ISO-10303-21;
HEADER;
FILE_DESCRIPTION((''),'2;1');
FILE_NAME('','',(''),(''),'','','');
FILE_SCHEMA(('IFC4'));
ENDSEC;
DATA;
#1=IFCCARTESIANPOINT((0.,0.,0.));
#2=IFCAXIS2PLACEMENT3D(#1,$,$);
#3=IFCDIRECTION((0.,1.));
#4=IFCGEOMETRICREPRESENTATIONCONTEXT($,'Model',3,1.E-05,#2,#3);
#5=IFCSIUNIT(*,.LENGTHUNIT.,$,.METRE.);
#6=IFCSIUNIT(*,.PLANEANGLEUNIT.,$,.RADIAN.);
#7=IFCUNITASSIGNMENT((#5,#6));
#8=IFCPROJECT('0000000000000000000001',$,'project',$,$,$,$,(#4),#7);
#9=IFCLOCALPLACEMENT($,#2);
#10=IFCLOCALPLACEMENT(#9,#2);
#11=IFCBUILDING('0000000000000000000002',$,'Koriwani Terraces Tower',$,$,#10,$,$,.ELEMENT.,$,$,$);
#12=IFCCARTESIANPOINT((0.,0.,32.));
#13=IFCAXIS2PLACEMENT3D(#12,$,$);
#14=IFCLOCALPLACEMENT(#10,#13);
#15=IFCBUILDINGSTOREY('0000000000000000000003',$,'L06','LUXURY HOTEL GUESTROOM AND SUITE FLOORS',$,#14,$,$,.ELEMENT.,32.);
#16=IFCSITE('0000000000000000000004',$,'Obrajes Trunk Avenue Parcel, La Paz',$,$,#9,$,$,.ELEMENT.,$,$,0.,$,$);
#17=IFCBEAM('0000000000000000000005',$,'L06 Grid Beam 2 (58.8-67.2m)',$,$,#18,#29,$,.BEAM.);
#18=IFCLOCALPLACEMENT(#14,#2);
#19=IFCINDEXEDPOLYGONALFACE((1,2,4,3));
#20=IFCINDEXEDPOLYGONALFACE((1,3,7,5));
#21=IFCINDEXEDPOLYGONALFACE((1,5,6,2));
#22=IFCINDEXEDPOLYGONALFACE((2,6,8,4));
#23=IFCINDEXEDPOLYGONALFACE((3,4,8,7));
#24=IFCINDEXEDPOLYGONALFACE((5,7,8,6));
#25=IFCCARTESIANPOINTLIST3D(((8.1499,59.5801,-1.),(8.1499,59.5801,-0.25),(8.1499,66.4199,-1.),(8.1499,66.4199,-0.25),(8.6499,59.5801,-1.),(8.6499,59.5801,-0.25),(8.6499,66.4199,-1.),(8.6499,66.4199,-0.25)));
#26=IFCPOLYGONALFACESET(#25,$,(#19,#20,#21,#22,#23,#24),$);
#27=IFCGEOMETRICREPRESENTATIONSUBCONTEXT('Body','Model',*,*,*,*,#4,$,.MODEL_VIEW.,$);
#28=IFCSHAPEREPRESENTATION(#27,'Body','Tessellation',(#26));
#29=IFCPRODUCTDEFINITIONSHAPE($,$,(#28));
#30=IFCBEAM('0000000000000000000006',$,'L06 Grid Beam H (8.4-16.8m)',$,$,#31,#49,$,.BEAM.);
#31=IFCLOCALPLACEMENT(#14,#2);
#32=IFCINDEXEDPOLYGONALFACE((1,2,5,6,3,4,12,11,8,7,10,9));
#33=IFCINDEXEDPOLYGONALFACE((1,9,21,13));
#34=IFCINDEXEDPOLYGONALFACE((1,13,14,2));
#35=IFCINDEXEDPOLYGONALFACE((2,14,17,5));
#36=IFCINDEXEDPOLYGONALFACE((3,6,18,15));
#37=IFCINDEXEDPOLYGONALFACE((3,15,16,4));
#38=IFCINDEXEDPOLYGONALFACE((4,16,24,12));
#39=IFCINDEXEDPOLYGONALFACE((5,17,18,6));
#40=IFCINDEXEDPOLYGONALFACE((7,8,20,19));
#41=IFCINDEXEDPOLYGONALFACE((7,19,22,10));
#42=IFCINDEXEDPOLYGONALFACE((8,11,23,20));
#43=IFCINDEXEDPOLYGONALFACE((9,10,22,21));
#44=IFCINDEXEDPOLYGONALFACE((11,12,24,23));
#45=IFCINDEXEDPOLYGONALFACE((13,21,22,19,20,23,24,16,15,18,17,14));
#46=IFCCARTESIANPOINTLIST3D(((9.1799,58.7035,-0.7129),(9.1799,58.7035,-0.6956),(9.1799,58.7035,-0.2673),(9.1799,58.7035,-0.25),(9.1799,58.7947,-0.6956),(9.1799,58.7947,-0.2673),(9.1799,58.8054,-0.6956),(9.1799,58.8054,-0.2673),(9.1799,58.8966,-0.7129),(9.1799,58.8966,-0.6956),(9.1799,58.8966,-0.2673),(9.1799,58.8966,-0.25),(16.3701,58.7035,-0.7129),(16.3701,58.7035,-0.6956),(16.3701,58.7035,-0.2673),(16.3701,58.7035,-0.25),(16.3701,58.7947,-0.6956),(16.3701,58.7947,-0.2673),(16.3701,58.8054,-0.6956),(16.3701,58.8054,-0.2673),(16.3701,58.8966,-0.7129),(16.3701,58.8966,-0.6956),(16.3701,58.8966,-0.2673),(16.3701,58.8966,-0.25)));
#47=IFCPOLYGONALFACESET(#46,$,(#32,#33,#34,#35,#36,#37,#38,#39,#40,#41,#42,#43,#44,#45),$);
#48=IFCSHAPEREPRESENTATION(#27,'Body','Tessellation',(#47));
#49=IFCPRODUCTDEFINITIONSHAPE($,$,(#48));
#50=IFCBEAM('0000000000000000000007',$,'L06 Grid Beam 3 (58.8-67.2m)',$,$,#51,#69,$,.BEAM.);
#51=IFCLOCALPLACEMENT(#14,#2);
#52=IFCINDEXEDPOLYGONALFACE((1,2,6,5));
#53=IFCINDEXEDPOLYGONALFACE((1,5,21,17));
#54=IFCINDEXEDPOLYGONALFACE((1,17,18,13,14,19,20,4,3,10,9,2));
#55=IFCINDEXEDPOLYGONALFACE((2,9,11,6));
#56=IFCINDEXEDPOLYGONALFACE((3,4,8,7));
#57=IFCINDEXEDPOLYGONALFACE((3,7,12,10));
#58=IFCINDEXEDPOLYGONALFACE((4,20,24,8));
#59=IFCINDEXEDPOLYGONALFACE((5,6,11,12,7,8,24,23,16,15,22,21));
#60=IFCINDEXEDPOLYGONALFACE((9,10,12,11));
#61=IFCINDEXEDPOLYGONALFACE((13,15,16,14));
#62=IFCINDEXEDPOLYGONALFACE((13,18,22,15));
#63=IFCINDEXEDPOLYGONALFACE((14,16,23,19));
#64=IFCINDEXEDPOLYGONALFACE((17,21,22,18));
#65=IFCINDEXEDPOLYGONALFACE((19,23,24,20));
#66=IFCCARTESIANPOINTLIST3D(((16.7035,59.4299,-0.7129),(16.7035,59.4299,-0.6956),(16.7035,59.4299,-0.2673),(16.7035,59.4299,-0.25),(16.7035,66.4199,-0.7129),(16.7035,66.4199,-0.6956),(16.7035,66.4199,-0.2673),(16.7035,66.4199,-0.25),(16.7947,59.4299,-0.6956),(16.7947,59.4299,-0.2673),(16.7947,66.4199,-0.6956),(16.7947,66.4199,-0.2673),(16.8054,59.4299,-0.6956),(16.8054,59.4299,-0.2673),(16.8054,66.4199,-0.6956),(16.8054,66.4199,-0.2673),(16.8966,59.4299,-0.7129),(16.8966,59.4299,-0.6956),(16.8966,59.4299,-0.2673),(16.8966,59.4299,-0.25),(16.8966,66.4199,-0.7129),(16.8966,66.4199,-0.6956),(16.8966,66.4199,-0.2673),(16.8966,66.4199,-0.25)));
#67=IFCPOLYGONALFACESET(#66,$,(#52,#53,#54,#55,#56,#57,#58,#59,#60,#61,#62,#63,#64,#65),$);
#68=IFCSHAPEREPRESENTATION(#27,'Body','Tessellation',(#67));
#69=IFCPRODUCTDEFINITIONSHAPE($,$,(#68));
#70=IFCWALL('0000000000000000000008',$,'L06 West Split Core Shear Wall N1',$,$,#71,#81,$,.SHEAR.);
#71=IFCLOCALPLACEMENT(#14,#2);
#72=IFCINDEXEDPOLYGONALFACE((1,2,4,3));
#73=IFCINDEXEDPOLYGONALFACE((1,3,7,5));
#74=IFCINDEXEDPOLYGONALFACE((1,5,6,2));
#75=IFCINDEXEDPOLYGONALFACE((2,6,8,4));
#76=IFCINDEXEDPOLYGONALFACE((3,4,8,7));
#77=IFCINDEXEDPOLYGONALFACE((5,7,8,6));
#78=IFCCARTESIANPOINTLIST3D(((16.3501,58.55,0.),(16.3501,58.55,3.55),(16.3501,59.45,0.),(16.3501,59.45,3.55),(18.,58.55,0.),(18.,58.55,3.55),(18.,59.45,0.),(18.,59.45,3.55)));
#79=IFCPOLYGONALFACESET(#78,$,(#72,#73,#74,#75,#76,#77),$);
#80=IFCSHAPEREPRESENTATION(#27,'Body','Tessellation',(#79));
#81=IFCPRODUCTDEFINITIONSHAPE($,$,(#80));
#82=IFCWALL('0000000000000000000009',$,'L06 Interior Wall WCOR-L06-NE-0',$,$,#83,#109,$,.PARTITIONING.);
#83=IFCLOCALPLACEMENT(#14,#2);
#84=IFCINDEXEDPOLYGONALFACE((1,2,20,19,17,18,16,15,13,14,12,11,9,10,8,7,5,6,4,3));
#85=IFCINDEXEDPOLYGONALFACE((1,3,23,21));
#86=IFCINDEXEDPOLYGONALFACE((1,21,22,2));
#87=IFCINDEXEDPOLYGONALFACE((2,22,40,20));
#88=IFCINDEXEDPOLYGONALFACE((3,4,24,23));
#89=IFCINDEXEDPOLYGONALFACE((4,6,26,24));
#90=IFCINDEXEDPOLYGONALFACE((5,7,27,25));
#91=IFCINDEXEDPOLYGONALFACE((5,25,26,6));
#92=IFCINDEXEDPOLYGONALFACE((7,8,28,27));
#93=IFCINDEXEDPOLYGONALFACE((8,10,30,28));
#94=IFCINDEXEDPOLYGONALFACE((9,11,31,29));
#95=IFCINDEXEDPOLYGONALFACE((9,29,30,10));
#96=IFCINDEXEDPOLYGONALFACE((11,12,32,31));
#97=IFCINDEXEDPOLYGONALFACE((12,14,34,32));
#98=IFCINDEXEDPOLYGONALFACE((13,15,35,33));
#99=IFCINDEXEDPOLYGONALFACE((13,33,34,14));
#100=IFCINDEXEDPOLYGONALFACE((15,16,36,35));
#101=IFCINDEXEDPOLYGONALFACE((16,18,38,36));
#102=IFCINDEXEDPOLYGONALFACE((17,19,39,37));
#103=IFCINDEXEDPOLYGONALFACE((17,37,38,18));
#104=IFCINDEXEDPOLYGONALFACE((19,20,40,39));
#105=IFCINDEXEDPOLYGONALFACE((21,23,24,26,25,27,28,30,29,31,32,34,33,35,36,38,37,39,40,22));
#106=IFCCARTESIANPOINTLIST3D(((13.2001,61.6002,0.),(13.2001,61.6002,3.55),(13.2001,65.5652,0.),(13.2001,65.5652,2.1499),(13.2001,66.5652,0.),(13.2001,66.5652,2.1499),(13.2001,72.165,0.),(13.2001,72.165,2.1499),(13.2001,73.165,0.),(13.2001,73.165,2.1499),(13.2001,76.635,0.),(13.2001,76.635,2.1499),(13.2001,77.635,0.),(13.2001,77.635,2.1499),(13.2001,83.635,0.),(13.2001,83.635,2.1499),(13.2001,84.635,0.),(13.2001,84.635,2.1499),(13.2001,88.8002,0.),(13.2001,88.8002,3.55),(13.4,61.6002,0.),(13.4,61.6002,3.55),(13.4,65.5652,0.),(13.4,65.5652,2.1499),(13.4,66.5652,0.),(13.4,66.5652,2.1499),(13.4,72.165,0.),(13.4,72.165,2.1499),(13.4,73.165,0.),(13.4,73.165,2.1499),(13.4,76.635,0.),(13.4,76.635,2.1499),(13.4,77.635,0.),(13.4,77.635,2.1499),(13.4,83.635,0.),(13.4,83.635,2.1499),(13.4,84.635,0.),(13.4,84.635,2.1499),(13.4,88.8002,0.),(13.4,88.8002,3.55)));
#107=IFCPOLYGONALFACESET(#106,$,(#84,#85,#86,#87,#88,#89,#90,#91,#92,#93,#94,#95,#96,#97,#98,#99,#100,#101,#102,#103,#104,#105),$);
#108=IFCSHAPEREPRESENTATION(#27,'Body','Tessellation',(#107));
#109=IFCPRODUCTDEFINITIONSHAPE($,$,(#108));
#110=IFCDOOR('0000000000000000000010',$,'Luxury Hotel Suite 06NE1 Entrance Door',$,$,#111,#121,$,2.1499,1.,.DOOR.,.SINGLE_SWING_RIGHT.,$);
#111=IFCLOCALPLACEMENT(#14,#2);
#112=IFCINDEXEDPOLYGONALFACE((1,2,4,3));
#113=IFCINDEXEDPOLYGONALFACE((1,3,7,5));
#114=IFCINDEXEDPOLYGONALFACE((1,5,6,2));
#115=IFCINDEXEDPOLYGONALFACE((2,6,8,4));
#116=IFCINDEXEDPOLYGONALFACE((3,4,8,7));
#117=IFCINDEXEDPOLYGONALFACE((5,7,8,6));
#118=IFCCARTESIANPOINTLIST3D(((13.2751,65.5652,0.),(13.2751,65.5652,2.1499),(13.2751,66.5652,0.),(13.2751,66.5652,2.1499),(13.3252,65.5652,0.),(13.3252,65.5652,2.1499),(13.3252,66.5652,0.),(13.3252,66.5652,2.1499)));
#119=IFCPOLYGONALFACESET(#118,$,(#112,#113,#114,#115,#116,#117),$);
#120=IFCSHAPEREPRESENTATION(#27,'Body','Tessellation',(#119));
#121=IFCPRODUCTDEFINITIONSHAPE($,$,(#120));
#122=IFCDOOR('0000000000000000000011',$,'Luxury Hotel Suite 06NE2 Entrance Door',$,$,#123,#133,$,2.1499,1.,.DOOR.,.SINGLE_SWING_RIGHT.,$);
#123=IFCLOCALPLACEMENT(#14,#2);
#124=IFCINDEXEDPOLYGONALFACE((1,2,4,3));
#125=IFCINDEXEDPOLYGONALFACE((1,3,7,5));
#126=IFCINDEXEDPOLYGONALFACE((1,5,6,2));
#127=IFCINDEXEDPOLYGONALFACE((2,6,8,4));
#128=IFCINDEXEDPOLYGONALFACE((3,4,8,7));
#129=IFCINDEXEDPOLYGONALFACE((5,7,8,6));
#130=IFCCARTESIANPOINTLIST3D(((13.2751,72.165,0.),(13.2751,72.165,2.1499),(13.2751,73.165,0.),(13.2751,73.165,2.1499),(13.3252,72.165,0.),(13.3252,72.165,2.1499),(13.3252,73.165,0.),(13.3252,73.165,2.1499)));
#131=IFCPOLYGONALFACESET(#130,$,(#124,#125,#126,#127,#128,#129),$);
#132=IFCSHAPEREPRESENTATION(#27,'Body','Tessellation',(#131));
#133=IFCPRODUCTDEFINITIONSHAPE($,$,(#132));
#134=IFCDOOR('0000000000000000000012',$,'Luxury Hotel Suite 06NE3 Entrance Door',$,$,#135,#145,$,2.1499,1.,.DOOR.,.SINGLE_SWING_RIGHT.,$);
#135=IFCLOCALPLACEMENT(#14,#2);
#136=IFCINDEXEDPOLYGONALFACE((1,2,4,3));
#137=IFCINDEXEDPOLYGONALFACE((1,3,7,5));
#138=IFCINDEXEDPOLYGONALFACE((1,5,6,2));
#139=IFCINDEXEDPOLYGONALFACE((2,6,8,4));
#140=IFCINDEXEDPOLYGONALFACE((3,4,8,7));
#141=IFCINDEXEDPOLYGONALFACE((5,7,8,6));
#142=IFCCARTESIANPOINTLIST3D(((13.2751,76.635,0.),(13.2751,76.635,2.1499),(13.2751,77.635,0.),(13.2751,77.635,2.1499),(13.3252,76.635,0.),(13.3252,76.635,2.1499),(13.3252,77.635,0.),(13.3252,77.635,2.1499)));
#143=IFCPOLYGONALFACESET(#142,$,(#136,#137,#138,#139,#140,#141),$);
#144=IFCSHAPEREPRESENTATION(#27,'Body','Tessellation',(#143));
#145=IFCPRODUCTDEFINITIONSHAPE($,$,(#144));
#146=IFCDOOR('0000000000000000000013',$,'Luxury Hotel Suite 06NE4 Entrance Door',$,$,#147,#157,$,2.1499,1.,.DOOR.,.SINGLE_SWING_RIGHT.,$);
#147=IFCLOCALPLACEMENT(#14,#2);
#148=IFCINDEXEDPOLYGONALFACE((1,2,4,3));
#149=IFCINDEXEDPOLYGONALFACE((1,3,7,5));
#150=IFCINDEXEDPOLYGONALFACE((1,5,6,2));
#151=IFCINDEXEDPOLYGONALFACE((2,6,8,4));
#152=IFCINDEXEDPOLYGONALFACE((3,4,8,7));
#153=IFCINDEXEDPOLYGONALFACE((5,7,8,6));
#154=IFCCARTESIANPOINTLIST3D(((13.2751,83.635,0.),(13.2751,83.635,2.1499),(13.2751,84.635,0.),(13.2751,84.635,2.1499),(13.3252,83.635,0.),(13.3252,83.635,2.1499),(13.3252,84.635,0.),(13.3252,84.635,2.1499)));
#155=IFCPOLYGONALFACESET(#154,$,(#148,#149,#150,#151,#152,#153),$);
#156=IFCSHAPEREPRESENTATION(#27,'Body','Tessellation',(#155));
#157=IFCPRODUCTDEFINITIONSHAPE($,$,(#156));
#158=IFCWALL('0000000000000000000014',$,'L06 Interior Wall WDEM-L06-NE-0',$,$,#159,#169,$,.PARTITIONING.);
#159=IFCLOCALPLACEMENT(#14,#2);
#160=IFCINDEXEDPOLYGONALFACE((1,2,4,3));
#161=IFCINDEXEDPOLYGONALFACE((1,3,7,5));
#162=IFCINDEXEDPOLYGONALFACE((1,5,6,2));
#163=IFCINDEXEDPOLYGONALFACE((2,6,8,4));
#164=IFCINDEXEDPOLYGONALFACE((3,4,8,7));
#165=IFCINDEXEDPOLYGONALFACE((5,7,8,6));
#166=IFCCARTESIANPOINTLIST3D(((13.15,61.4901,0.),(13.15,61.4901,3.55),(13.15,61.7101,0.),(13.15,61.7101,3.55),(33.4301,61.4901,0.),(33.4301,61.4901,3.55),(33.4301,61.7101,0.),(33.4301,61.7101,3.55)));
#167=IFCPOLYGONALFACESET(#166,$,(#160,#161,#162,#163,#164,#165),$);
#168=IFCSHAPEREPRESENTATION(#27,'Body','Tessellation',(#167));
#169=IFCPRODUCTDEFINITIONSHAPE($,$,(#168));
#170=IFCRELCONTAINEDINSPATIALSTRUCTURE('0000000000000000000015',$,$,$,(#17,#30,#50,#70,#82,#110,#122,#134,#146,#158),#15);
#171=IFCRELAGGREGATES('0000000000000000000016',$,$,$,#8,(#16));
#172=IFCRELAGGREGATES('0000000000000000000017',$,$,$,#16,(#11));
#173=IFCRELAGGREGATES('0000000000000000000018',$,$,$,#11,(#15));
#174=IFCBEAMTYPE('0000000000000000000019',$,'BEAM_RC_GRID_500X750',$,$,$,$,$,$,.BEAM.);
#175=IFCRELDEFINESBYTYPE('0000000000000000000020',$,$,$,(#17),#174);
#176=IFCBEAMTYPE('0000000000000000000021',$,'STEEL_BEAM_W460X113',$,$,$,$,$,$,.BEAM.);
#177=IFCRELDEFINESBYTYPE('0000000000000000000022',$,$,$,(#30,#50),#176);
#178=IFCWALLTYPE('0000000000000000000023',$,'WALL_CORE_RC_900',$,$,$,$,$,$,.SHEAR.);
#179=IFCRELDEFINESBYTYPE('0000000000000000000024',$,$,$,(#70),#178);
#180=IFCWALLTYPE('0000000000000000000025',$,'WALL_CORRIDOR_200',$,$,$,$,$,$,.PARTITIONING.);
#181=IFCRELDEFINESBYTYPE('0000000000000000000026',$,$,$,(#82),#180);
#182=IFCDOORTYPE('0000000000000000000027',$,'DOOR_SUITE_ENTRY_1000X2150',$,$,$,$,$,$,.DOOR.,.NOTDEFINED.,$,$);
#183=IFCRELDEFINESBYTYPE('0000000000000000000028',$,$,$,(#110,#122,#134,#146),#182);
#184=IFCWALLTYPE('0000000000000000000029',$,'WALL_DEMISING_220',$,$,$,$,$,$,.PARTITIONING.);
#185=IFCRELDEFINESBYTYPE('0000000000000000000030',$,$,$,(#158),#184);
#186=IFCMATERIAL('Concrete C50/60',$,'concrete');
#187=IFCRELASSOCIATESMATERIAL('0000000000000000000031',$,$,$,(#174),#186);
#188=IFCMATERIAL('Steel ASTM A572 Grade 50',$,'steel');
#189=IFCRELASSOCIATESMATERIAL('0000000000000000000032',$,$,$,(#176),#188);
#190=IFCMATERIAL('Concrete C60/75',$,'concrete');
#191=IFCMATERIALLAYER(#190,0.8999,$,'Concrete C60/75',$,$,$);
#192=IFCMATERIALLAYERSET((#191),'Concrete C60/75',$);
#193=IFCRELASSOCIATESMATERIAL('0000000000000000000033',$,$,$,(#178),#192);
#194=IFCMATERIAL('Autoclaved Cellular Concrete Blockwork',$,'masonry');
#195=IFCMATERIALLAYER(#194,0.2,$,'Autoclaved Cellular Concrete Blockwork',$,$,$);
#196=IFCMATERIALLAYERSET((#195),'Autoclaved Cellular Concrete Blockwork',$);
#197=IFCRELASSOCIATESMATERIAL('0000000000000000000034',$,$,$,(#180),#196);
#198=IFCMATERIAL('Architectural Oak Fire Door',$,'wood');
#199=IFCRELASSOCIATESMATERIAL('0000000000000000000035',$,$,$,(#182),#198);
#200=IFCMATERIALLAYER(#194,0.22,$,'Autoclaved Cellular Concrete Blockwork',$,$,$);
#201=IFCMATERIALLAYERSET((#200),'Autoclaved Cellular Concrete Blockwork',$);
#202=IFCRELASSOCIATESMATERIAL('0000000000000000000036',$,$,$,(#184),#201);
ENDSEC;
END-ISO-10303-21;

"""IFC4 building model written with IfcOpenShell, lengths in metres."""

from ifc_helpers import new_model, si_unit, direction, frame, frame_2d, origin, origin_2d, place, context, subcontext, project, spatial, rectangle, i_section, extrude, material, layer, layer_set, material_profile, profile_set, type_object, element, fill, save


model = new_model("IFC4")

# Units and contexts
model_context = context("Model", 3, precision=1e-05, world=origin(), true_north=direction((0.0, 1.0)))
body_context = subcontext(model_context, "Body", "Model", "MODEL_VIEW")
ifc_project = project(units=[si_unit("LENGTHUNIT", "METRE"), si_unit("PLANEANGLEUNIT", "RADIAN")], contexts=[model_context])

# Site, building, storey
site_placement = place(None, origin())
site = spatial("IfcSite", under=ifc_project, at=site_placement, Name="Obrajes Trunk Avenue Parcel, La Paz", CompositionType="ELEMENT", RefElevation=0.0)
building_placement = place(site_placement, origin())
building = spatial("IfcBuilding", under=site, at=building_placement, Name="Koriwani Terraces Tower", CompositionType="ELEMENT")
storey_placement = place(building_placement, frame((0.0, 0.0, 32.0)))
storey = spatial("IfcBuildingStorey", under=building, at=storey_placement, Name="L06", Description="LUXURY HOTEL GUESTROOM AND SUITE FLOORS", CompositionType="ELEMENT", Elevation=32.0)

# Beams
ifc_material_1 = material(Name="Concrete C50/60", Category="concrete")
ifc_material_profile_1 = material_profile(ifc_material_1, rectangle(XDim=0.5, YDim=0.75, at=origin_2d()), Name="Concrete C50/60", Category="LoadBearing")
ifc_profile_set_1 = profile_set([ifc_material_profile_1], Name="Concrete C50/60")
beam_type_1 = type_object("IfcBeamType", Name="BEAM_RC_GRID_500X750", PredefinedType="BEAM", material=ifc_profile_set_1)
beam_1_placement = place(storey_placement, frame((8.3999, 59.5801, -0.625), z_axis=(0.0, 1.0, 0.0), x_axis=(-1.0, 0.0, 0.0)))
element("IfcBeam", 1, at=beam_1_placement, inside=storey, type_object=beam_type_1, Name="L06 Grid Beam 2 (58.8-67.2m)", PredefinedType="BEAM", context=body_context, shape_type="SweptSolid", body=[
    extrude(rectangle(XDim=0.5, YDim=0.75, at=origin_2d()), origin(), (0.0, 0.0, 1.0), 6.8398),
])
ifc_material_2 = material(Name="Steel ASTM A572 Grade 50", Category="steel")
ifc_material_profile_2 = material_profile(ifc_material_2, i_section(OverallWidth=0.1931, OverallDepth=0.4629, WebThickness=0.0107, FlangeThickness=0.0173, at=origin_2d()), Name="Steel ASTM A572 Grade 50", Category="LoadBearing")
ifc_profile_set_2 = profile_set([ifc_material_profile_2], Name="Steel ASTM A572 Grade 50")
beam_type_2 = type_object("IfcBeamType", Name="STEEL_BEAM_W460X113", PredefinedType="BEAM", material=ifc_profile_set_2)
beam_2_placement = place(storey_placement, frame((9.1799, 58.8, -0.4814), z_axis=(1.0, 0.0, 0.0), x_axis=(0.0, 1.0, 0.0)))
element("IfcBeam", 2, at=beam_2_placement, inside=storey, type_object=beam_type_2, Name="L06 Grid Beam H (8.4-16.8m)", PredefinedType="BEAM", context=body_context, shape_type="SweptSolid", body=[
    extrude(i_section(OverallWidth=0.1931, OverallDepth=0.4629, WebThickness=0.0107, FlangeThickness=0.0173, at=origin_2d()), origin(), (0.0, 0.0, 1.0), 7.1902),
])
beam_3_placement = place(storey_placement, frame((16.8, 59.4299, -0.4814), z_axis=(0.0, 1.0, 0.0), x_axis=(-1.0, 0.0, 0.0)))
element("IfcBeam", 3, at=beam_3_placement, inside=storey, type_object=beam_type_2, Name="L06 Grid Beam 3 (58.8-67.2m)", PredefinedType="BEAM", context=body_context, shape_type="SweptSolid", body=[
    extrude(i_section(OverallWidth=0.1931, OverallDepth=0.4629, WebThickness=0.0107, FlangeThickness=0.0173, at=origin_2d()), origin(), (0.0, 0.0, 1.0), 6.99),
])

# Wall
ifc_material_3 = material(Name="Concrete C60/75", Category="concrete")
ifc_layer_1 = layer(ifc_material_3, 0.8999, Name="Concrete C60/75")
ifc_layer_set_1 = layer_set([ifc_layer_1], Name="Concrete C60/75")
wall_type_1 = type_object("IfcWallType", Name="WALL_CORE_RC_900", PredefinedType="SHEAR", material=ifc_layer_set_1)
wall_1_placement = place(storey_placement, frame((16.3501, 59.0, 0.0), z_axis=(0.0, 0.0, 1.0), x_axis=(1.0, 0.0, 0.0)))
element("IfcWall", 4, at=wall_1_placement, inside=storey, type_object=wall_type_1, Name="L06 West Split Core Shear Wall N1", PredefinedType="SHEAR", context=body_context, shape_type="SweptSolid", body=[
    extrude(rectangle(XDim=1.6499, YDim=0.8999, at=frame_2d((0.825, 0.0))), origin(), (0.0, 0.0, 1.0), 3.55),
])

# Wall, openings, doors
ifc_material_4 = material(Name="Autoclaved Cellular Concrete Blockwork", Category="masonry")
ifc_layer_2 = layer(ifc_material_4, 0.2, Name="Autoclaved Cellular Concrete Blockwork")
ifc_layer_set_2 = layer_set([ifc_layer_2], Name="Autoclaved Cellular Concrete Blockwork")
wall_type_2 = type_object("IfcWallType", Name="WALL_CORRIDOR_200", PredefinedType="PARTITIONING", material=ifc_layer_set_2)
wall_2_placement = place(storey_placement, frame((13.3, 61.6001, 0.0), z_axis=(0.0, 0.0, 1.0), x_axis=(0.0, 1.0, 0.0)))
wall_2 = element("IfcWall", 5, at=wall_2_placement, inside=storey, type_object=wall_type_2, Name="L06 Interior Wall WCOR-L06-NE-0", PredefinedType="PARTITIONING", context=body_context, shape_type="SweptSolid", body=[
    extrude(rectangle(XDim=27.2, YDim=0.2, at=frame_2d((13.6001, 0.0))), origin(), (0.0, 0.0, 1.0), 3.55),
])
opening_1_placement = place(wall_2_placement, frame((3.9651, 0.0, 0.0)))
opening_1 = element("IfcOpeningElement", 6, at=opening_1_placement, cuts=wall_2, PredefinedType="OPENING", context=body_context, shape_type="SweptSolid", body=[
    extrude(rectangle(XDim=1.0, YDim=2.1499, at=frame_2d((0.5, 1.075))), frame((0.0, 0.1099, 0.0), z_axis=(0.0, -1.0, 0.0), x_axis=(1.0, 0.0, 0.0)), (0.0, 0.0, 1.0), 0.22),
])
opening_2_placement = place(wall_2_placement, frame((10.5649, 0.0, 0.0)))
opening_2 = element("IfcOpeningElement", 7, at=opening_2_placement, cuts=wall_2, PredefinedType="OPENING", context=body_context, shape_type="SweptSolid", body=[
    extrude(rectangle(XDim=1.0, YDim=2.1499, at=frame_2d((0.5, 1.075))), frame((0.0, 0.1099, 0.0), z_axis=(0.0, -1.0, 0.0), x_axis=(1.0, 0.0, 0.0)), (0.0, 0.0, 1.0), 0.22),
])
opening_3_placement = place(wall_2_placement, frame((15.0349, 0.0, 0.0)))
opening_3 = element("IfcOpeningElement", 8, at=opening_3_placement, cuts=wall_2, PredefinedType="OPENING", context=body_context, shape_type="SweptSolid", body=[
    extrude(rectangle(XDim=1.0, YDim=2.1499, at=frame_2d((0.5, 1.075))), frame((0.0, 0.1099, 0.0), z_axis=(0.0, -1.0, 0.0), x_axis=(1.0, 0.0, 0.0)), (0.0, 0.0, 1.0), 0.22),
])
opening_4_placement = place(wall_2_placement, frame((22.0349, 0.0, 0.0)))
opening_4 = element("IfcOpeningElement", 9, at=opening_4_placement, cuts=wall_2, PredefinedType="OPENING", context=body_context, shape_type="SweptSolid", body=[
    extrude(rectangle(XDim=1.0, YDim=2.1499, at=frame_2d((0.5, 1.075))), frame((0.0, 0.1099, 0.0), z_axis=(0.0, -1.0, 0.0), x_axis=(1.0, 0.0, 0.0)), (0.0, 0.0, 1.0), 0.22),
])
ifc_material_5 = material(Name="Architectural Oak Fire Door", Category="wood")
door_type = type_object("IfcDoorType", Name="DOOR_SUITE_ENTRY_1000X2150", OperationType="NOTDEFINED", PredefinedType="DOOR", material=ifc_material_5)
door_1_placement = place(opening_1_placement, origin())
door_1 = element("IfcDoor", 10, at=door_1_placement, inside=storey, type_object=door_type, Name="Luxury Hotel Suite 06NE1 Entrance Door", OperationType="SINGLE_SWING_RIGHT", OverallHeight=2.1499, OverallWidth=1.0, PredefinedType="DOOR", context=body_context, shape_type="SweptSolid", body=[
    extrude(rectangle(XDim=1.0, YDim=2.1499, at=frame_2d((0.5, 1.075))), frame((0.0, 0.0249, 0.0), z_axis=(0.0, -1.0, 0.0), x_axis=(1.0, 0.0, 0.0)), (0.0, 0.0, 1.0), 0.05),
])
fill(opening_1, door_1)
door_2_placement = place(opening_2_placement, origin())
door_2 = element("IfcDoor", 11, at=door_2_placement, inside=storey, type_object=door_type, Name="Luxury Hotel Suite 06NE2 Entrance Door", OperationType="SINGLE_SWING_RIGHT", OverallHeight=2.1499, OverallWidth=1.0, PredefinedType="DOOR", context=body_context, shape_type="SweptSolid", body=[
    extrude(rectangle(XDim=1.0, YDim=2.1499, at=frame_2d((0.5, 1.075))), frame((0.0, 0.0249, 0.0), z_axis=(0.0, -1.0, 0.0), x_axis=(1.0, 0.0, 0.0)), (0.0, 0.0, 1.0), 0.05),
])
fill(opening_2, door_2)
door_3_placement = place(opening_3_placement, origin())
door_3 = element("IfcDoor", 12, at=door_3_placement, inside=storey, type_object=door_type, Name="Luxury Hotel Suite 06NE3 Entrance Door", OperationType="SINGLE_SWING_RIGHT", OverallHeight=2.1499, OverallWidth=1.0, PredefinedType="DOOR", context=body_context, shape_type="SweptSolid", body=[
    extrude(rectangle(XDim=1.0, YDim=2.1499, at=frame_2d((0.5, 1.075))), frame((0.0, 0.0249, 0.0), z_axis=(0.0, -1.0, 0.0), x_axis=(1.0, 0.0, 0.0)), (0.0, 0.0, 1.0), 0.05),
])
fill(opening_3, door_3)
door_4_placement = place(opening_4_placement, origin())
door_4 = element("IfcDoor", 13, at=door_4_placement, inside=storey, type_object=door_type, Name="Luxury Hotel Suite 06NE4 Entrance Door", OperationType="SINGLE_SWING_RIGHT", OverallHeight=2.1499, OverallWidth=1.0, PredefinedType="DOOR", context=body_context, shape_type="SweptSolid", body=[
    extrude(rectangle(XDim=1.0, YDim=2.1499, at=frame_2d((0.5, 1.075))), frame((0.0, 0.0249, 0.0), z_axis=(0.0, -1.0, 0.0), x_axis=(1.0, 0.0, 0.0)), (0.0, 0.0, 1.0), 0.05),
])
fill(opening_4, door_4)

# Wall
ifc_layer_3 = layer(ifc_material_4, 0.22, Name="Autoclaved Cellular Concrete Blockwork")
ifc_layer_set_3 = layer_set([ifc_layer_3], Name="Autoclaved Cellular Concrete Blockwork")
wall_type_3 = type_object("IfcWallType", Name="WALL_DEMISING_220", PredefinedType="PARTITIONING", material=ifc_layer_set_3)
wall_3_placement = place(storey_placement, frame((13.1499, 61.6001, 0.0), z_axis=(0.0, 0.0, 1.0), x_axis=(1.0, 0.0, 0.0)))
element("IfcWall", 14, at=wall_3_placement, inside=storey, type_object=wall_type_3, Name="L06 Interior Wall WDEM-L06-NE-0", PredefinedType="PARTITIONING", context=body_context, shape_type="SweptSolid", body=[
    extrude(rectangle(XDim=20.28, YDim=0.22, at=frame_2d((10.1401, 0.0))), origin(), (0.0, 0.0, 1.0), 3.55),
])

save(model, "model.ifc")
